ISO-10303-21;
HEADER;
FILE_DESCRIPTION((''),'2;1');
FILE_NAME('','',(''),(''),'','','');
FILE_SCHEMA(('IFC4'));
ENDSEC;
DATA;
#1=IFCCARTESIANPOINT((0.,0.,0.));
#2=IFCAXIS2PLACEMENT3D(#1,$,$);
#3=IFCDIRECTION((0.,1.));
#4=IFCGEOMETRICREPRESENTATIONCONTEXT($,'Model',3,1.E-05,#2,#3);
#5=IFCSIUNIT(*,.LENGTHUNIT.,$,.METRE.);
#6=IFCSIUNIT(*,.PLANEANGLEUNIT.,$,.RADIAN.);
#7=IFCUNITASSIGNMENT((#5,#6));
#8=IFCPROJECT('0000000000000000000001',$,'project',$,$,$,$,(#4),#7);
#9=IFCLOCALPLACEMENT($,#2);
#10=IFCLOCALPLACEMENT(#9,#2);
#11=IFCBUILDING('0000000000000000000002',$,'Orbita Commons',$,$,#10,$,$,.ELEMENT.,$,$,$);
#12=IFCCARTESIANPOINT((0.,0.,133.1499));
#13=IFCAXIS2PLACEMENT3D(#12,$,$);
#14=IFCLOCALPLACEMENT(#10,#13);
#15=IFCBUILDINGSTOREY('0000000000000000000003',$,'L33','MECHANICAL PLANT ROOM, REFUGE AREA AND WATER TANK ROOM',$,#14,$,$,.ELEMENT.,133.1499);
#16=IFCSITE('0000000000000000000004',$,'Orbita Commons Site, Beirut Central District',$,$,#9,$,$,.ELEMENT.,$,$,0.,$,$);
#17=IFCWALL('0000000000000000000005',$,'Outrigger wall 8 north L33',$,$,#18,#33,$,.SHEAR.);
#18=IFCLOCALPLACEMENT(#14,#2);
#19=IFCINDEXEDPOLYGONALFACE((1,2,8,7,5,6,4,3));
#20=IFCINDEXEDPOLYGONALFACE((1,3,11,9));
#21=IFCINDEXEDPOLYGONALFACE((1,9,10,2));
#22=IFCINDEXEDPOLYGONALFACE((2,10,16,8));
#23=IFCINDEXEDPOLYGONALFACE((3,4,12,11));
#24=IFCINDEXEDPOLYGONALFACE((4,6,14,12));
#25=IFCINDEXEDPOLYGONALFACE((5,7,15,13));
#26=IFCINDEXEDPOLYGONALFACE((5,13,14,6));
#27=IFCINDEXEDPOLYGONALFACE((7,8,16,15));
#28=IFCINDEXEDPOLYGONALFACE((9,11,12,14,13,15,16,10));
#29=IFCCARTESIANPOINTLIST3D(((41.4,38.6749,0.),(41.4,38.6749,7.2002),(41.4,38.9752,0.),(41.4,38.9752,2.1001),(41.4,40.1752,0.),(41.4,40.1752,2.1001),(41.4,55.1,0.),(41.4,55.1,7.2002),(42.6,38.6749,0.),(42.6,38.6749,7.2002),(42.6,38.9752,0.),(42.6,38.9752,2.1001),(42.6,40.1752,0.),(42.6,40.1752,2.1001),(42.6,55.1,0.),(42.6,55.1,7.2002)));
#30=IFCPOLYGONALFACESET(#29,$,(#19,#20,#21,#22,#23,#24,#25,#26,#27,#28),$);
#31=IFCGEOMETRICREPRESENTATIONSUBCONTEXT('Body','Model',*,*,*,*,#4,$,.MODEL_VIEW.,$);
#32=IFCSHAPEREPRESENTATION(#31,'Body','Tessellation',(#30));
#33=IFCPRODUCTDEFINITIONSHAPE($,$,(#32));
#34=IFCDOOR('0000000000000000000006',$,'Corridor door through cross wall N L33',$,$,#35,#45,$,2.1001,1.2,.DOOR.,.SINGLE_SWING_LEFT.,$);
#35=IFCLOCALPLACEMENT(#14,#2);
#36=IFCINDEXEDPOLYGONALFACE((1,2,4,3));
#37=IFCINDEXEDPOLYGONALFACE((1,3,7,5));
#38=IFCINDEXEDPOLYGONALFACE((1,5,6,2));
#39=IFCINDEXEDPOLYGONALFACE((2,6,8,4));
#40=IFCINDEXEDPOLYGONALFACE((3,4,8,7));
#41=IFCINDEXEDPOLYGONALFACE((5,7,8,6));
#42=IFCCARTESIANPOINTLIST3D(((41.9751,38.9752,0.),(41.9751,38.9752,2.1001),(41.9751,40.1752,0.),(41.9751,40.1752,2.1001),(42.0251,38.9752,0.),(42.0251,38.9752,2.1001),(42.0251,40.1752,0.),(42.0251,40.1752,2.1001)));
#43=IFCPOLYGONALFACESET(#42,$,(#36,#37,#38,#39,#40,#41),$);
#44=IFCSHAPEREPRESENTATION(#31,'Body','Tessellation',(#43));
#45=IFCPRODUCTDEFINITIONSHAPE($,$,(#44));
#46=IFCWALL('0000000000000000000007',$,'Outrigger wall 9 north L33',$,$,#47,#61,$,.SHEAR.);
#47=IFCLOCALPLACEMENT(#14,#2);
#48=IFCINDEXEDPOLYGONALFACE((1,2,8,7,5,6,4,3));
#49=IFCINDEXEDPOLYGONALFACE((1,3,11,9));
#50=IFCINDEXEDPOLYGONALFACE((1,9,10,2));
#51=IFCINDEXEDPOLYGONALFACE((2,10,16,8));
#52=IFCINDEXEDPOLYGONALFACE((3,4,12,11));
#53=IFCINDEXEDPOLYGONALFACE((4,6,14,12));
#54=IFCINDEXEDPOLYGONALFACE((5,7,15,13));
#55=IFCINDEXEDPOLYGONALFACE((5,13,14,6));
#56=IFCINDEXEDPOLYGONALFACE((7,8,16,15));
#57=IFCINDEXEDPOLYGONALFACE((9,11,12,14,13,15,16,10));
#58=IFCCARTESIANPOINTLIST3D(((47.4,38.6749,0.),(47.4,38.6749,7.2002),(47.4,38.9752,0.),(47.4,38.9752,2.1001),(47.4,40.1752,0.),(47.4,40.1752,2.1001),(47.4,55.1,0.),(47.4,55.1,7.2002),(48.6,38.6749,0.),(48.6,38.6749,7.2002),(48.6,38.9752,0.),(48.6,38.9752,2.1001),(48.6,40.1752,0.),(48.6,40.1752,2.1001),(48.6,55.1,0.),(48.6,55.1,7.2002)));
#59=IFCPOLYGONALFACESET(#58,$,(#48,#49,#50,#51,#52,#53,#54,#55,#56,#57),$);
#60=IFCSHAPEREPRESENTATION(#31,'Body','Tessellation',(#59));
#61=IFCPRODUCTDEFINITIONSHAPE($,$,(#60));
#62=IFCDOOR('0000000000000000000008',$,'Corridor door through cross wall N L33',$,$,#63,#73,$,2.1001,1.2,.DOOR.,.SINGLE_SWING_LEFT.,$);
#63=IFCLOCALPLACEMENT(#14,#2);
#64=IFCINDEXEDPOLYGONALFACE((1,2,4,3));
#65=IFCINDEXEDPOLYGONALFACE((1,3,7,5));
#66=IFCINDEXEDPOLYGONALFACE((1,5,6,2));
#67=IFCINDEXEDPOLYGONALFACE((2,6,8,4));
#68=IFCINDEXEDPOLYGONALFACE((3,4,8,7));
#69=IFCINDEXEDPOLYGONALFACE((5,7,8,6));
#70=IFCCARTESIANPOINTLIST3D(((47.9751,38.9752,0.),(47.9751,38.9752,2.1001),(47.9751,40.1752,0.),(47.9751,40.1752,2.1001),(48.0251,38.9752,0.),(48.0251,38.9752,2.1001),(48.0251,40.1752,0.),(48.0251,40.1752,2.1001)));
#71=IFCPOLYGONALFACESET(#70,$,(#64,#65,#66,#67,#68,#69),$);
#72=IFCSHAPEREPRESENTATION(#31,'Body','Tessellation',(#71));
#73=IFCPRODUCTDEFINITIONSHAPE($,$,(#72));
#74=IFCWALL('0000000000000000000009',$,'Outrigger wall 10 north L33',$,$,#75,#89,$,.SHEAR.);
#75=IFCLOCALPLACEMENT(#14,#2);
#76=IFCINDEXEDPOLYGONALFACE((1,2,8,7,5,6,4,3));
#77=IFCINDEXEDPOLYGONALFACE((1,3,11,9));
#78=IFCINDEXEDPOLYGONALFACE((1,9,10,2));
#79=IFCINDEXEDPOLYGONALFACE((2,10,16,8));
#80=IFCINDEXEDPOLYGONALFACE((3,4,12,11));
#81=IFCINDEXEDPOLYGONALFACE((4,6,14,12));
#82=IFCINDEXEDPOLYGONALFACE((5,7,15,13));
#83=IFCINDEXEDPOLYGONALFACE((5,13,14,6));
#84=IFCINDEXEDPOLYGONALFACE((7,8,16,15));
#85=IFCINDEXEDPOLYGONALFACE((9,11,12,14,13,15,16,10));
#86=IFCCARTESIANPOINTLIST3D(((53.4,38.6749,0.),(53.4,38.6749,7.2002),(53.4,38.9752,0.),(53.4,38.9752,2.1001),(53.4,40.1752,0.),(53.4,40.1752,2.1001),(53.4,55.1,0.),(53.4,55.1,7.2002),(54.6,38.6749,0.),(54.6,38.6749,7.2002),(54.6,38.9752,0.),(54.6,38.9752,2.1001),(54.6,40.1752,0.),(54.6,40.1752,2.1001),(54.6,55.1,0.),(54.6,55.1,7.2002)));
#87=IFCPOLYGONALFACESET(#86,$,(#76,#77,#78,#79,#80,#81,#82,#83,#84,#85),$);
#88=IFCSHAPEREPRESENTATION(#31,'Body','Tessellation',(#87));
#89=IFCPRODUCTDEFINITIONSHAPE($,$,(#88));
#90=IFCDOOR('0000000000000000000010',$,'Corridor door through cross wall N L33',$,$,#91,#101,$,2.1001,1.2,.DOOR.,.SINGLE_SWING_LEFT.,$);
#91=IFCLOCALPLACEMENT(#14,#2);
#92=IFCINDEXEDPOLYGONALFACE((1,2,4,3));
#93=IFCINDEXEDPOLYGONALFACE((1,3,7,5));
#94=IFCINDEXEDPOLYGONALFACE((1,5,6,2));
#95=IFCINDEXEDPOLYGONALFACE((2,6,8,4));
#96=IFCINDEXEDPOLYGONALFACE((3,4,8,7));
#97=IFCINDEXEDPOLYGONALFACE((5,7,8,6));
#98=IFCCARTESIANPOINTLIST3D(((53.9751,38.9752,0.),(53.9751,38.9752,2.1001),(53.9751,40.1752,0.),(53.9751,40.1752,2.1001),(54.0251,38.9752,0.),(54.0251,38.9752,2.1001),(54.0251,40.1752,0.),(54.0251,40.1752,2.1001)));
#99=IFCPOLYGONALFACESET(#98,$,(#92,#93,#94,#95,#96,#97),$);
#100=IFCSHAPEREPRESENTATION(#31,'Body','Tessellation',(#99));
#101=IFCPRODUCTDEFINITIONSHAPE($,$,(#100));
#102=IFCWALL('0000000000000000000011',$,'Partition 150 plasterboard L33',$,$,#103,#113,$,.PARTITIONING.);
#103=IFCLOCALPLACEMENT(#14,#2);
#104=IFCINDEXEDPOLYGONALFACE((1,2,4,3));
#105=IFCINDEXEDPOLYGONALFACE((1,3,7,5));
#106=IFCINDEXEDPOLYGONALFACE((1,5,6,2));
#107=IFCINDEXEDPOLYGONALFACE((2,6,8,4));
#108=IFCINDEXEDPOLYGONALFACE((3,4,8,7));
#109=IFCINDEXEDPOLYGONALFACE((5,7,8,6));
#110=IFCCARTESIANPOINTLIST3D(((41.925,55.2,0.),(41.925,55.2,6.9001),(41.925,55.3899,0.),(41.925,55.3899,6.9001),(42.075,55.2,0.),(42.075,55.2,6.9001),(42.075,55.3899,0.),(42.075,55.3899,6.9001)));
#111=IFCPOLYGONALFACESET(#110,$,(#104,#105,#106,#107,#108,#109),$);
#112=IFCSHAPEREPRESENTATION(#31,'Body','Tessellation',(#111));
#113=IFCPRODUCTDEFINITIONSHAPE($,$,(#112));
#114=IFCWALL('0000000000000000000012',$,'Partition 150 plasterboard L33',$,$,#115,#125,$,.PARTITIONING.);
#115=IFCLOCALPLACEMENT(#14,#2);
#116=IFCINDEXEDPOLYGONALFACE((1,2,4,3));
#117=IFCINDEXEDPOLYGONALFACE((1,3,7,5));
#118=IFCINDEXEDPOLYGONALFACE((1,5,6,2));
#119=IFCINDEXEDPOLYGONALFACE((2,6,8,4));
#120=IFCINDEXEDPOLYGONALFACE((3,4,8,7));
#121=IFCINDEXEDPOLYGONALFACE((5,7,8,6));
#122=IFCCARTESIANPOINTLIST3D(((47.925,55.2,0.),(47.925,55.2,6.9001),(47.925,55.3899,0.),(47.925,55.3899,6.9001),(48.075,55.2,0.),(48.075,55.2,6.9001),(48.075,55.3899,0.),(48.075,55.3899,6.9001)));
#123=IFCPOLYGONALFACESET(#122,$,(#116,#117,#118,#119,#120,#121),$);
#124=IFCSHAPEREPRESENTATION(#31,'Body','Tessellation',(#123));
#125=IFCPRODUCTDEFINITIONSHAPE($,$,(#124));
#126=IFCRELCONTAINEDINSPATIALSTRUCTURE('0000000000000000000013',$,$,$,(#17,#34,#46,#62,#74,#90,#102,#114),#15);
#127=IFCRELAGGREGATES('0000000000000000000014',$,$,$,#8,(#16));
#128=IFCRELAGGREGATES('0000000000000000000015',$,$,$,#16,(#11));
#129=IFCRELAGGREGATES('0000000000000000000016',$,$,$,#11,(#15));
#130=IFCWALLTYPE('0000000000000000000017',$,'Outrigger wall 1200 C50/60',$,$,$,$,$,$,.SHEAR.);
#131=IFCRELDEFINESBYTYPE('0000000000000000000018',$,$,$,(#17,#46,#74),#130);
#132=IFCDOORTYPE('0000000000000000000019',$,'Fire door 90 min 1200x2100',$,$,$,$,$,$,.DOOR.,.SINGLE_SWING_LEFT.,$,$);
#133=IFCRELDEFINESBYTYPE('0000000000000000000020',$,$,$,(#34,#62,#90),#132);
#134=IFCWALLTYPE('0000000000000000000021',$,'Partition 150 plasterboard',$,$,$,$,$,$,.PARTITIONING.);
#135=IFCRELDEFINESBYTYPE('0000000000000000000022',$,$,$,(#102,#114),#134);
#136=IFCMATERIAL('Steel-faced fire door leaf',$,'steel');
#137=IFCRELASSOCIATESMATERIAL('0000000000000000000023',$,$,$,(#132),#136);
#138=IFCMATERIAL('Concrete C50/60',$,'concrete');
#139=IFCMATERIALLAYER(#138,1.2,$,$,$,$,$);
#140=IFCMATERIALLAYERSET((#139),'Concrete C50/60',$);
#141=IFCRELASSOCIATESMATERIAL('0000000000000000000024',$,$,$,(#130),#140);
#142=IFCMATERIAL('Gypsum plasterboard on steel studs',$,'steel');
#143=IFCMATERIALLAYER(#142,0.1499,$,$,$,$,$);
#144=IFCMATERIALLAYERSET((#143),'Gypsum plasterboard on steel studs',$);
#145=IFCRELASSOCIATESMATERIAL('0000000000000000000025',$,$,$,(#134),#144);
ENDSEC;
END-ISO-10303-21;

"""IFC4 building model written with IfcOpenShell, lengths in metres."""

from ifc_helpers import new_model, si_unit, direction, frame, frame_2d, origin, place, context, subcontext, project, spatial, rectangle, extrude, material, layer, layer_set, type_object, element, fill, save


model = new_model("IFC4")

# Units and contexts
model_context = context("Model", 3, precision=1e-05, world=origin(), true_north=direction((0.0, 1.0)))
body_context = subcontext(model_context, "Body", "Model", "MODEL_VIEW")
ifc_project = project(units=[si_unit("LENGTHUNIT", "METRE"), si_unit("PLANEANGLEUNIT", "RADIAN")], contexts=[model_context])

# Site, building, storey
site_placement = place(None, origin())
site = spatial("IfcSite", under=ifc_project, at=site_placement, Name="Orbita Commons Site, Beirut Central District", CompositionType="ELEMENT", RefElevation=0.0)
building_placement = place(site_placement, origin())
building = spatial("IfcBuilding", under=site, at=building_placement, Name="Orbita Commons", CompositionType="ELEMENT")
storey_placement = place(building_placement, frame((0.0, 0.0, 133.1499)))
storey = spatial("IfcBuildingStorey", under=building, at=storey_placement, Name="L33", Description="MECHANICAL PLANT ROOM, REFUGE AREA AND WATER TANK ROOM", CompositionType="ELEMENT", Elevation=133.1499)

# Walls, openings, doors
ifc_material_1 = material(Name="Steel-faced fire door leaf", Category="steel")
door_type = type_object("IfcDoorType", Name="Fire door 90 min 1200x2100", OperationType="SINGLE_SWING_LEFT", PredefinedType="DOOR", material=ifc_material_1)
ifc_material_2 = material(Name="Concrete C50/60", Category="concrete")
ifc_layer_1 = layer(ifc_material_2, 1.2)
ifc_layer_set_1 = layer_set([ifc_layer_1], Name="Concrete C50/60")
wall_type_1 = type_object("IfcWallType", Name="Outrigger wall 1200 C50/60", PredefinedType="SHEAR", material=ifc_layer_set_1)
wall_1_placement = place(storey_placement, frame((42.0, 38.675, 0.0), z_axis=(0.0, 0.0, 1.0), x_axis=(0.0, 1.0, 0.0)))
wall_1 = element("IfcWall", 1, at=wall_1_placement, inside=storey, type_object=wall_type_1, Name="Outrigger wall 8 north L33", PredefinedType="SHEAR", context=body_context, shape_type="SweptSolid", body=[
    extrude(rectangle(XDim=16.425, YDim=1.2, at=frame_2d((8.2124, 0.0))), origin(), (0.0, 0.0, 1.0), 7.2002),
])
opening_1_placement = place(wall_1_placement, frame((0.3, 0.0, 0.0)))
opening_1 = element("IfcOpeningElement", 2, at=opening_1_placement, cuts=wall_1, PredefinedType="OPENING", context=body_context, shape_type="SweptSolid", body=[
    extrude(rectangle(XDim=1.2, YDim=2.1001, at=frame_2d((0.6001, 1.05))), frame((0.0, 0.6099, 0.0), z_axis=(0.0, -1.0, 0.0), x_axis=(1.0, 0.0, 0.0)), (0.0, 0.0, 1.0), 1.22),
])
door_1_placement = place(opening_1_placement, origin())
door_1 = element("IfcDoor", 3, at=door_1_placement, inside=storey, type_object=door_type, Name="Corridor door through cross wall N L33", OperationType="SINGLE_SWING_LEFT", OverallHeight=2.1001, OverallWidth=1.2, PredefinedType="DOOR", context=body_context, shape_type="SweptSolid", body=[
    extrude(rectangle(XDim=1.2, YDim=2.1001, at=frame_2d((0.6001, 1.05))), frame((0.0, 0.0249, 0.0), z_axis=(0.0, -1.0, 0.0), x_axis=(1.0, 0.0, 0.0)), (0.0, 0.0, 1.0), 0.05),
])
fill(opening_1, door_1)
wall_2_placement = place(storey_placement, frame((48.0, 38.675, 0.0), z_axis=(0.0, 0.0, 1.0), x_axis=(0.0, 1.0, 0.0)))
wall_2 = element("IfcWall", 4, at=wall_2_placement, inside=storey, type_object=wall_type_1, Name="Outrigger wall 9 north L33", PredefinedType="SHEAR", context=body_context, shape_type="SweptSolid", body=[
    extrude(rectangle(XDim=16.425, YDim=1.2, at=frame_2d((8.2124, 0.0))), origin(), (0.0, 0.0, 1.0), 7.2002),
])
opening_2_placement = place(wall_2_placement, frame((0.3, 0.0, 0.0)))
opening_2 = element("IfcOpeningElement", 5, at=opening_2_placement, cuts=wall_2, PredefinedType="OPENING", context=body_context, shape_type="SweptSolid", body=[
    extrude(rectangle(XDim=1.2, YDim=2.1001, at=frame_2d((0.6001, 1.05))), frame((0.0, 0.6099, 0.0), z_axis=(0.0, -1.0, 0.0), x_axis=(1.0, 0.0, 0.0)), (0.0, 0.0, 1.0), 1.22),
])
door_2_placement = place(opening_2_placement, origin())
door_2 = element("IfcDoor", 6, at=door_2_placement, inside=storey, type_object=door_type, Name="Corridor door through cross wall N L33", OperationType="SINGLE_SWING_LEFT", OverallHeight=2.1001, OverallWidth=1.2, PredefinedType="DOOR", context=body_context, shape_type="SweptSolid", body=[
    extrude(rectangle(XDim=1.2, YDim=2.1001, at=frame_2d((0.6001, 1.05))), frame((0.0, 0.0249, 0.0), z_axis=(0.0, -1.0, 0.0), x_axis=(1.0, 0.0, 0.0)), (0.0, 0.0, 1.0), 0.05),
])
fill(opening_2, door_2)
wall_3_placement = place(storey_placement, frame((54.0, 38.675, 0.0), z_axis=(0.0, 0.0, 1.0), x_axis=(0.0, 1.0, 0.0)))
wall_3 = element("IfcWall", 7, at=wall_3_placement, inside=storey, type_object=wall_type_1, Name="Outrigger wall 10 north L33", PredefinedType="SHEAR", context=body_context, shape_type="SweptSolid", body=[
    extrude(rectangle(XDim=16.425, YDim=1.2, at=frame_2d((8.2124, 0.0))), origin(), (0.0, 0.0, 1.0), 7.2002),
])
opening_3_placement = place(wall_3_placement, frame((0.3, 0.0, 0.0)))
opening_3 = element("IfcOpeningElement", 8, at=opening_3_placement, cuts=wall_3, PredefinedType="OPENING", context=body_context, shape_type="SweptSolid", body=[
    extrude(rectangle(XDim=1.2, YDim=2.1001, at=frame_2d((0.6001, 1.05))), frame((0.0, 0.6099, 0.0), z_axis=(0.0, -1.0, 0.0), x_axis=(1.0, 0.0, 0.0)), (0.0, 0.0, 1.0), 1.22),
])
door_3_placement = place(opening_3_placement, origin())
door_3 = element("IfcDoor", 9, at=door_3_placement, inside=storey, type_object=door_type, Name="Corridor door through cross wall N L33", OperationType="SINGLE_SWING_LEFT", OverallHeight=2.1001, OverallWidth=1.2, PredefinedType="DOOR", context=body_context, shape_type="SweptSolid", body=[
    extrude(rectangle(XDim=1.2, YDim=2.1001, at=frame_2d((0.6001, 1.05))), frame((0.0, 0.0249, 0.0), z_axis=(0.0, -1.0, 0.0), x_axis=(1.0, 0.0, 0.0)), (0.0, 0.0, 1.0), 0.05),
])
fill(opening_3, door_3)

# Walls
ifc_material_3 = material(Name="Gypsum plasterboard on steel studs", Category="steel")
ifc_layer_2 = layer(ifc_material_3, 0.1499)
ifc_layer_set_2 = layer_set([ifc_layer_2], Name="Gypsum plasterboard on steel studs")
wall_type_2 = type_object("IfcWallType", Name="Partition 150 plasterboard", PredefinedType="PARTITIONING", material=ifc_layer_set_2)
for number, where, z_axis, x_axis, name in (
    (10, (42.0, 55.2, 0.0), (0.0, 0.0, 1.0), (0.0, 1.0, 0.0), "Partition 150 plasterboard L33"),
    (11, (48.0, 55.2, 0.0), (0.0, 0.0, 1.0), (0.0, 1.0, 0.0), "Partition 150 plasterboard L33"),
):
    element("IfcWall", number, at=place(storey_placement, frame(where, z_axis=z_axis, x_axis=x_axis)), inside=storey, type_object=wall_type_2, Name=name, PredefinedType="PARTITIONING", context=body_context, shape_type="SweptSolid", body=[
        extrude(rectangle(XDim=0.1899, YDim=0.1499, at=frame_2d((0.095, 0.0))), origin(), (0.0, 0.0, 1.0), 6.9001),
    ])

save(model, "model.ifc")
